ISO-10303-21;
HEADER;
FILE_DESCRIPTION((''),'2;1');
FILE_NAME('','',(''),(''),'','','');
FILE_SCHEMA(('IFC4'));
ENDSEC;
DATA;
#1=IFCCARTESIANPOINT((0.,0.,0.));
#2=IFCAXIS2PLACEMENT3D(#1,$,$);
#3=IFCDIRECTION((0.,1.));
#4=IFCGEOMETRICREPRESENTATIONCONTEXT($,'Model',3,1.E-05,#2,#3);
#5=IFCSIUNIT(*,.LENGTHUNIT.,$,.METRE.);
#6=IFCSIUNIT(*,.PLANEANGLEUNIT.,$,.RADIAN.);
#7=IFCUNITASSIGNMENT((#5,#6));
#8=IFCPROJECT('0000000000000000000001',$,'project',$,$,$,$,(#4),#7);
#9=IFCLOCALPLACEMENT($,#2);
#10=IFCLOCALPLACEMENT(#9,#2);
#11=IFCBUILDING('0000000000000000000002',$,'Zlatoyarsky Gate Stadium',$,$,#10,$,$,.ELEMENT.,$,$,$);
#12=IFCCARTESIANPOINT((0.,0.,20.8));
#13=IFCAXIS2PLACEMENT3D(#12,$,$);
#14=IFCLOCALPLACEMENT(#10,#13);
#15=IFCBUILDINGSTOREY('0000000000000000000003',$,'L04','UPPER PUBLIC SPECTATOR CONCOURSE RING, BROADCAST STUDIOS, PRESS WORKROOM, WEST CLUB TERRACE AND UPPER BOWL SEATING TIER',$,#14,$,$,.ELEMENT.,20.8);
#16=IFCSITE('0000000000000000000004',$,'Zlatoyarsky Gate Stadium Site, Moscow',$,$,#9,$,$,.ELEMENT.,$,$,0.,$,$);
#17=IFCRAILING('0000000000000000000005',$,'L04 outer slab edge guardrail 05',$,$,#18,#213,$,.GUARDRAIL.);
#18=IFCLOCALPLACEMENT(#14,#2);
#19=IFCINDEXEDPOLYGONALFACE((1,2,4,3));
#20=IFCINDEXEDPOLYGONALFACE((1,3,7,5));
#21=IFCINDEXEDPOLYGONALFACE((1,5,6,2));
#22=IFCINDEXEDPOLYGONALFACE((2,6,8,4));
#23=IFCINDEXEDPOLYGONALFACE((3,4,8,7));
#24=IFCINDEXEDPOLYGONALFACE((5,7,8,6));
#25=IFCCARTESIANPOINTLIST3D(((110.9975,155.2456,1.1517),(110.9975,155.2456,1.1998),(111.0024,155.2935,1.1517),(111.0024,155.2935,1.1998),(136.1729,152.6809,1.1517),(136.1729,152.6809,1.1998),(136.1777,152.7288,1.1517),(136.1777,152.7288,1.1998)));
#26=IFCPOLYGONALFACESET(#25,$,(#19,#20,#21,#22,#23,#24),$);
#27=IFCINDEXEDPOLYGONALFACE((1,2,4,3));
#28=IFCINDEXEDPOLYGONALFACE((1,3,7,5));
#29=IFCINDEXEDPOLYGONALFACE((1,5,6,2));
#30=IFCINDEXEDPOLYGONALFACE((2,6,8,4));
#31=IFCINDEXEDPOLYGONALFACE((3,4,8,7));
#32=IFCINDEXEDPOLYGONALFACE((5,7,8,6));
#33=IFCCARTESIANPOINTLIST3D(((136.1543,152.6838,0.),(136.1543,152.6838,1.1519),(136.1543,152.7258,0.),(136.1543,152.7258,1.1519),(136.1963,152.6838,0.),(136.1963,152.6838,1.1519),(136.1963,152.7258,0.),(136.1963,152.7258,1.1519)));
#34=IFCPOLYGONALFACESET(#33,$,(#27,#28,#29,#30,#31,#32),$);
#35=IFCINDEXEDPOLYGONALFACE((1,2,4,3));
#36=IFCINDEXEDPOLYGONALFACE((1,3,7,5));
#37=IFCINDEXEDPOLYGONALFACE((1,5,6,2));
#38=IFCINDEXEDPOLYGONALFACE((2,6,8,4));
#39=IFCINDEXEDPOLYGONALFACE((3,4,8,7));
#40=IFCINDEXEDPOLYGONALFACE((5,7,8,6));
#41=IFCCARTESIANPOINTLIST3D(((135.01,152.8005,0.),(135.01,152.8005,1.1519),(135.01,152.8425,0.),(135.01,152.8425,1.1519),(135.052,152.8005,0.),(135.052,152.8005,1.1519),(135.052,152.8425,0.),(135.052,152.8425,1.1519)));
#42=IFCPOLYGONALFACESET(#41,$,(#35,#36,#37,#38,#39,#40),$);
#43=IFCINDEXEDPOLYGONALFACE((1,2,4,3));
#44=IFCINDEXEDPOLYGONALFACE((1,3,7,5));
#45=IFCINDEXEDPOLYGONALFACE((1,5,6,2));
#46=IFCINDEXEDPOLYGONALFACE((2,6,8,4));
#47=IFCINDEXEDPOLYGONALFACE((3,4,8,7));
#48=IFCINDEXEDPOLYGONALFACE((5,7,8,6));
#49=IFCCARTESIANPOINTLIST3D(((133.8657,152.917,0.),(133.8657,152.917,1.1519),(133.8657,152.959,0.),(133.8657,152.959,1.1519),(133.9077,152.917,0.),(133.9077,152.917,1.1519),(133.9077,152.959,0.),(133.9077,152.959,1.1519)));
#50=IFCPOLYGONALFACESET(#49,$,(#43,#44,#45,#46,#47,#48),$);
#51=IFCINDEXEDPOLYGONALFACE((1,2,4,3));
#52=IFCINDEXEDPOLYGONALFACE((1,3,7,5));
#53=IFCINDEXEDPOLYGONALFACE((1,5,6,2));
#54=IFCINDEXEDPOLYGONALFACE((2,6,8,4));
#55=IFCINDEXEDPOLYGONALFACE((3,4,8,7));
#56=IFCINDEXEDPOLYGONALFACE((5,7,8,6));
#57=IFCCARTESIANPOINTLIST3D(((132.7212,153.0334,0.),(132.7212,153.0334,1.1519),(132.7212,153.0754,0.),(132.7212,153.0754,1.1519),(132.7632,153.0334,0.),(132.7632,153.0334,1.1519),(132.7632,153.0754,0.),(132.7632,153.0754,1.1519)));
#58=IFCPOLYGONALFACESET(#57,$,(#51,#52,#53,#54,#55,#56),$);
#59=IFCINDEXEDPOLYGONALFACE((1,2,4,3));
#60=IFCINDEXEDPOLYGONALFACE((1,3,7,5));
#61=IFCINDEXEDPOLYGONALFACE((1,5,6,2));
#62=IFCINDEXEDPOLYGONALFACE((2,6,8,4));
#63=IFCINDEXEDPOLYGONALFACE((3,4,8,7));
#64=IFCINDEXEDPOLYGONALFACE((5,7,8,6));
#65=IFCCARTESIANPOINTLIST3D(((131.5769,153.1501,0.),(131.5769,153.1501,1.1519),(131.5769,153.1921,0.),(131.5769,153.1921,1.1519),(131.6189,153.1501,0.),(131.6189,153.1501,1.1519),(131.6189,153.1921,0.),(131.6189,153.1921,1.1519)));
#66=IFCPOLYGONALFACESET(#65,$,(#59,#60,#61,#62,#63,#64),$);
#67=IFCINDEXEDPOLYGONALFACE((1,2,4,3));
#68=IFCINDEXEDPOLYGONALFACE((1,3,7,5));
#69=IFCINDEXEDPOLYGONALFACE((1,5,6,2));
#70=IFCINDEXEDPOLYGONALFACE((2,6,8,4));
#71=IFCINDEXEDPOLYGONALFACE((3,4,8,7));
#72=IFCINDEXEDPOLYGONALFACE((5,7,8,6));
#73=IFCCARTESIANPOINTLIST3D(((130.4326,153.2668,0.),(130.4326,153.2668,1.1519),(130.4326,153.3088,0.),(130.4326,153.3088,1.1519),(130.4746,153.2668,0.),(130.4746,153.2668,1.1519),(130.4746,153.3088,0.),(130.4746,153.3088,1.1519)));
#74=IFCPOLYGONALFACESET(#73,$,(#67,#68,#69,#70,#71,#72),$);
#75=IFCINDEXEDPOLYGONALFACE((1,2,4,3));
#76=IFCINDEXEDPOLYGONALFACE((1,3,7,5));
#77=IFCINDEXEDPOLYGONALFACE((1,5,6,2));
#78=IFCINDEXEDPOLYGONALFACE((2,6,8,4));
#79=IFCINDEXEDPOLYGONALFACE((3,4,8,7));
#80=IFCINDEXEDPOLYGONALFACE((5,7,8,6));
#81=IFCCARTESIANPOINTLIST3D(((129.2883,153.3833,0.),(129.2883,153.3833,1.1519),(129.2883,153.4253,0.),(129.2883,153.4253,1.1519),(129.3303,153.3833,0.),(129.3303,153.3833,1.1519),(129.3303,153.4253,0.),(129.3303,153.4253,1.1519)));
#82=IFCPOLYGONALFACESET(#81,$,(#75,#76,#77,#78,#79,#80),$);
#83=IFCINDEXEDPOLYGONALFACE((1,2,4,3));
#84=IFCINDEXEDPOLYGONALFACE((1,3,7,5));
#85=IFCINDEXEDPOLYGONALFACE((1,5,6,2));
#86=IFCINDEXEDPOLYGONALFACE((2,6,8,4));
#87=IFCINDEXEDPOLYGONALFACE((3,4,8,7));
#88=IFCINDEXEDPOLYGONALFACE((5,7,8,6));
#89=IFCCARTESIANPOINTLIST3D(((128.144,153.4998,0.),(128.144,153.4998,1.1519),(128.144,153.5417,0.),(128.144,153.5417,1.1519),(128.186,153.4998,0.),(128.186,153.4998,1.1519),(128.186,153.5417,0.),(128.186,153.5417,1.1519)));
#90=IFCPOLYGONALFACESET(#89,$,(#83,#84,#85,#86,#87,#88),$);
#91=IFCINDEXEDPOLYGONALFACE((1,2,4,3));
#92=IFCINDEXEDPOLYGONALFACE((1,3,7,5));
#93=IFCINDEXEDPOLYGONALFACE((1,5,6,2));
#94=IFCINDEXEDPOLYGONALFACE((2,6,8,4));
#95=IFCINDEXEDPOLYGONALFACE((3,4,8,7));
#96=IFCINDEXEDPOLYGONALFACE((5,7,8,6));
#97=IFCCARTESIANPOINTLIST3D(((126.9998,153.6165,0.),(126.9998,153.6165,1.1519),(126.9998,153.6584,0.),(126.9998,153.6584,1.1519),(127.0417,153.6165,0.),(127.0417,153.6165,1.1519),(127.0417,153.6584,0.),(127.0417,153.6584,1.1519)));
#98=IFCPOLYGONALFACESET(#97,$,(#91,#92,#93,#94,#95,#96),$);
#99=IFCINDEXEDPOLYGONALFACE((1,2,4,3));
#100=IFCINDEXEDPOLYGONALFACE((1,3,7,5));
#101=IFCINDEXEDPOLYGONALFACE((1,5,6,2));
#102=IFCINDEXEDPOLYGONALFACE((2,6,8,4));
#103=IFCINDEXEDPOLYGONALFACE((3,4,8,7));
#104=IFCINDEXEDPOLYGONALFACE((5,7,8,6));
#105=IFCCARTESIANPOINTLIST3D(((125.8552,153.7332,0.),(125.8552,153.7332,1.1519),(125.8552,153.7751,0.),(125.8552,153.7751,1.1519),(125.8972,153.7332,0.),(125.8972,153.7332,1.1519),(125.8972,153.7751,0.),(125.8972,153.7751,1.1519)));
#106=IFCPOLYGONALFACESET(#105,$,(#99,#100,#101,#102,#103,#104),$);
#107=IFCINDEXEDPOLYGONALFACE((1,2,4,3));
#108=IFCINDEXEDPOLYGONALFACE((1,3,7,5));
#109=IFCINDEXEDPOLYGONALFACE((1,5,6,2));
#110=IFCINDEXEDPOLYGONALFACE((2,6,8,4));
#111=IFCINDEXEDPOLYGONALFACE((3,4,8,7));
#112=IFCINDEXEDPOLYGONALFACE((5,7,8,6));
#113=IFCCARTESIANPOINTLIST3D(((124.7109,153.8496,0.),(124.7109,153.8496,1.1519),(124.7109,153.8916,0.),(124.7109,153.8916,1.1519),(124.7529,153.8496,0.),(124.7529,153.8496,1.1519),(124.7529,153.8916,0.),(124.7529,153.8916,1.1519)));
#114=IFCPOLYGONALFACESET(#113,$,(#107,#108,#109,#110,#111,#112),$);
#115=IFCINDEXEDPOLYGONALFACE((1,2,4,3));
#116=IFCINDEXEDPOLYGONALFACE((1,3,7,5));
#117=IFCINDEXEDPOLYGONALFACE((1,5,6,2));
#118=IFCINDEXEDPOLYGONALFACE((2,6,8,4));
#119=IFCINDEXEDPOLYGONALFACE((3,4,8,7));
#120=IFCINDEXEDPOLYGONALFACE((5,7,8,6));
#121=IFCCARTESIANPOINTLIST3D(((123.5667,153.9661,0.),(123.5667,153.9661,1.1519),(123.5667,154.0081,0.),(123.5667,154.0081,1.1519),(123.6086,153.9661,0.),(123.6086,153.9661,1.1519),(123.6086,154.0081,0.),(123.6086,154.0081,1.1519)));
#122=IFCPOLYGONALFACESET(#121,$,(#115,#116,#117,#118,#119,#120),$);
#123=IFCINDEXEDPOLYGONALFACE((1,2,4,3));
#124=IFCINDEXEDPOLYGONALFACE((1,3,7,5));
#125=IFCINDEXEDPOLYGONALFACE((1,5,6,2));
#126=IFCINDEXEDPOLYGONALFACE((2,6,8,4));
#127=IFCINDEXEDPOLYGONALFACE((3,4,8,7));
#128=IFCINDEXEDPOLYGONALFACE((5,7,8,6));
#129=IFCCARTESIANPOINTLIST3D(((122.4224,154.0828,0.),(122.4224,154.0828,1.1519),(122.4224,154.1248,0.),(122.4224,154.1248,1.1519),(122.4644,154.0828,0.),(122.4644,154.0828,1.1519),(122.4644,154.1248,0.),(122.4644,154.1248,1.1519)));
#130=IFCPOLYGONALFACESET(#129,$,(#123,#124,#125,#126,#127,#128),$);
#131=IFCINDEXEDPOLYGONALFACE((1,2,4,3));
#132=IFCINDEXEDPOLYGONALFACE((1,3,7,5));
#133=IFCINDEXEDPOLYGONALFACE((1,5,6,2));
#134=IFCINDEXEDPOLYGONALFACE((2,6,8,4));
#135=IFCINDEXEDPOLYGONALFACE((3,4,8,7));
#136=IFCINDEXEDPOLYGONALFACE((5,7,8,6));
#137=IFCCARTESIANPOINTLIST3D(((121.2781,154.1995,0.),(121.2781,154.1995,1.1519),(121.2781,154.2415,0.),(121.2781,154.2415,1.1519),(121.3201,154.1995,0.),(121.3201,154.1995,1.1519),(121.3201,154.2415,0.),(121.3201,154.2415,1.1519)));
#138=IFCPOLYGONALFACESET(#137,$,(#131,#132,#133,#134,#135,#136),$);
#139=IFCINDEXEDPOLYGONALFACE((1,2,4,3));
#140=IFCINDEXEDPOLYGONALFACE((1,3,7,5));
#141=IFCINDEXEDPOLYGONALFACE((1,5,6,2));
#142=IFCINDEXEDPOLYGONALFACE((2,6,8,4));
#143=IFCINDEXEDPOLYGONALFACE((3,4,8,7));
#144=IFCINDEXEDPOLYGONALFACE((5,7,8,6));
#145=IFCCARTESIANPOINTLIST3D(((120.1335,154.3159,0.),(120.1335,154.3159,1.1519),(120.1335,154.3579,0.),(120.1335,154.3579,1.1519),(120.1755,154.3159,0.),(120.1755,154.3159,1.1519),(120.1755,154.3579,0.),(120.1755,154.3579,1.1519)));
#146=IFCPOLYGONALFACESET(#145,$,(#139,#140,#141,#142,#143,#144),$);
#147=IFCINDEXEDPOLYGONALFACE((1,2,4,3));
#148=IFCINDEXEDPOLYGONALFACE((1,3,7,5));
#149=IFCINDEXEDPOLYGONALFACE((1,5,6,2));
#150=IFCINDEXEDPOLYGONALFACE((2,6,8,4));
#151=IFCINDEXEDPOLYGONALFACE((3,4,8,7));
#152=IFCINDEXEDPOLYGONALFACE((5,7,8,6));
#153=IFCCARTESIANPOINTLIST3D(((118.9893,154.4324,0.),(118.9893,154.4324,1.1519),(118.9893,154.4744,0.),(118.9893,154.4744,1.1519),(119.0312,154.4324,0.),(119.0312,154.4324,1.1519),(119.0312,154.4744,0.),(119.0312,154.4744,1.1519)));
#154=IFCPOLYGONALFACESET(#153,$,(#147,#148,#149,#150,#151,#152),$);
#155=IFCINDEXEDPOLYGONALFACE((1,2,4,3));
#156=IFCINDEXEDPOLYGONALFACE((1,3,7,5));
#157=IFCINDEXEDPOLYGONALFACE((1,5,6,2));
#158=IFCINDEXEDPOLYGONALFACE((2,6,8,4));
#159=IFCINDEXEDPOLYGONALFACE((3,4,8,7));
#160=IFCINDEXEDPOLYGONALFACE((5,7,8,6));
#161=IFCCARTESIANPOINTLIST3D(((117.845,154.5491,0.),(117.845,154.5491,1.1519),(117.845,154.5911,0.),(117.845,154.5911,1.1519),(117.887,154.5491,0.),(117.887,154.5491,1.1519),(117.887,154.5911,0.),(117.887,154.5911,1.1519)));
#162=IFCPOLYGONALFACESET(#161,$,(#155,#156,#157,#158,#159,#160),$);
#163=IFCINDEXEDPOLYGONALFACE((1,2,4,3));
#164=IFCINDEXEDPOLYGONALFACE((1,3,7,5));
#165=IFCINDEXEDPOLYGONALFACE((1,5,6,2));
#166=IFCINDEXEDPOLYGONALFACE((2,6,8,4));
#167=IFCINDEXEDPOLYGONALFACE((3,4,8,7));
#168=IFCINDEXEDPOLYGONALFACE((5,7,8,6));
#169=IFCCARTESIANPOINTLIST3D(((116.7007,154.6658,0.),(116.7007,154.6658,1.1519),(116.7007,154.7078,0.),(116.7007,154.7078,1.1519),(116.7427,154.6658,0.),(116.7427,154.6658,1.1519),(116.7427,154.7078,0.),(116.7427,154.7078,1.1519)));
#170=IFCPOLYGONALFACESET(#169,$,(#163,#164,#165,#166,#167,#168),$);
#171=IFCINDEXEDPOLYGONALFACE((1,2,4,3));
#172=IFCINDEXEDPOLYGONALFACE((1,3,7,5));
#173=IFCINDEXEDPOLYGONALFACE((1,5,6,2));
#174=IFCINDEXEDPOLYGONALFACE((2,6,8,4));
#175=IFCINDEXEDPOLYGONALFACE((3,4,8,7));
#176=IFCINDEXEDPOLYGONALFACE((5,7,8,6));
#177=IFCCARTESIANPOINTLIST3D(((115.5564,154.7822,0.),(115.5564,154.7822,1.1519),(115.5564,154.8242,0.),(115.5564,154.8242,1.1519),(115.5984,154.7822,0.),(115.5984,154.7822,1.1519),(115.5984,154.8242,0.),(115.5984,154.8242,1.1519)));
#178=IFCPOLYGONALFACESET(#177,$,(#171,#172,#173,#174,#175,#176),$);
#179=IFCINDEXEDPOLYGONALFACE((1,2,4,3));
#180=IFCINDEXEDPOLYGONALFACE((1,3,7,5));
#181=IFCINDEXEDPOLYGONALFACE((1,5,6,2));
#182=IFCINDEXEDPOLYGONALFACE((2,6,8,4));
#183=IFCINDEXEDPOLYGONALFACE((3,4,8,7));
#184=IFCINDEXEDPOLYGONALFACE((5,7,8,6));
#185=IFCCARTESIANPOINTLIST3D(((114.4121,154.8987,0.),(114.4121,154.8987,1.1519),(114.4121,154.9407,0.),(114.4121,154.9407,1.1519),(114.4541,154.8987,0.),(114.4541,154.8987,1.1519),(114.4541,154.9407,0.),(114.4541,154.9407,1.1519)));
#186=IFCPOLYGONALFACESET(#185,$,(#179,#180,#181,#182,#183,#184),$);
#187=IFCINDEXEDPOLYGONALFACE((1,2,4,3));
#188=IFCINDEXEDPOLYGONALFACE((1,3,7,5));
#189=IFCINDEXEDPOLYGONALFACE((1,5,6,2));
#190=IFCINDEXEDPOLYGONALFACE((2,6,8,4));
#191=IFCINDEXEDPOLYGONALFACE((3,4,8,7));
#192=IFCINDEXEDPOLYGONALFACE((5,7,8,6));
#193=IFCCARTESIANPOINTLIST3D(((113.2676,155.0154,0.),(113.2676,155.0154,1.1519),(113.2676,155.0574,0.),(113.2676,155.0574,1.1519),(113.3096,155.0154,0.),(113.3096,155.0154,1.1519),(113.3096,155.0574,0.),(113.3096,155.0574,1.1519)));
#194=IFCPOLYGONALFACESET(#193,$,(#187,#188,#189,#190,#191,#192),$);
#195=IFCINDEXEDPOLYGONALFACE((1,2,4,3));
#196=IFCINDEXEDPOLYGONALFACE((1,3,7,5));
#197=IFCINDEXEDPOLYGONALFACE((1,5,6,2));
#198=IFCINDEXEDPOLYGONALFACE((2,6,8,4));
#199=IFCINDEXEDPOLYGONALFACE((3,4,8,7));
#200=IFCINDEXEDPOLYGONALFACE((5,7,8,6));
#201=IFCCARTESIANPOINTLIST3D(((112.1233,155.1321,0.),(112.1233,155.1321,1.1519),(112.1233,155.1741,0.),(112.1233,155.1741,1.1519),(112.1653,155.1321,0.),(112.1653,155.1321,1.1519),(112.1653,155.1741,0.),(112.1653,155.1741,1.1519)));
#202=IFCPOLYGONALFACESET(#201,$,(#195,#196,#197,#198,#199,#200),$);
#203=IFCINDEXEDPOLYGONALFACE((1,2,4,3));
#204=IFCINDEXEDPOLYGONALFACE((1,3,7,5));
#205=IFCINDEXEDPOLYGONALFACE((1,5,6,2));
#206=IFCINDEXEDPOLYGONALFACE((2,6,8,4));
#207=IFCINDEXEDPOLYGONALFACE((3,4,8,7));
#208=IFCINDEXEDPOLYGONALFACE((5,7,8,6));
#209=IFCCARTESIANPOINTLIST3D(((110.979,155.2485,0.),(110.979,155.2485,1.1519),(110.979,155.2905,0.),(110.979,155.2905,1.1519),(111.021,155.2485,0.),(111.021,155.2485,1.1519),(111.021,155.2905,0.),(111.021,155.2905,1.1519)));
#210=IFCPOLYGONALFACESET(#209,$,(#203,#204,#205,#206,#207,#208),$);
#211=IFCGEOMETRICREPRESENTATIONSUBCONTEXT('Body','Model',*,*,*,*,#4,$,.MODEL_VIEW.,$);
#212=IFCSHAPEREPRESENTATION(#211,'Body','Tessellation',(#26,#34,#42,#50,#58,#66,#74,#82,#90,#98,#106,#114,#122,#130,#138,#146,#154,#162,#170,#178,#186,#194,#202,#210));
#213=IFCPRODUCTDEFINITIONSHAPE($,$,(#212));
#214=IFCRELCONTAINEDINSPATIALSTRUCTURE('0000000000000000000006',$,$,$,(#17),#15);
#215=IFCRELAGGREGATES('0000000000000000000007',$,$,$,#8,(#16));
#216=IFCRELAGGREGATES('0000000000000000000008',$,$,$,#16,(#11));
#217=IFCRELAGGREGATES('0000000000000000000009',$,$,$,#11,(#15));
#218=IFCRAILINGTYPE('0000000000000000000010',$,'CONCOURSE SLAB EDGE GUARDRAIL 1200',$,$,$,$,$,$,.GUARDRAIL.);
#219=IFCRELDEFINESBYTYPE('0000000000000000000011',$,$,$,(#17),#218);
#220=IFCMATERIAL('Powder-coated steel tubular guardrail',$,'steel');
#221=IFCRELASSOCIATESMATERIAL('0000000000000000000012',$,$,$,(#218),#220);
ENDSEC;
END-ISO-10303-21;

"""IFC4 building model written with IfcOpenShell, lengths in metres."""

from ifc_helpers import new_model, si_unit, direction, frame, origin, origin_2d, place, context, subcontext, project, spatial, rectangle, extrude, material, type_object, element, save


model = new_model("IFC4")

# Units and contexts
model_context = context("Model", 3, precision=1e-05, world=origin(), true_north=direction((0.0, 1.0)))
body_context = subcontext(model_context, "Body", "Model", "MODEL_VIEW")
ifc_project = project(units=[si_unit("LENGTHUNIT", "METRE"), si_unit("PLANEANGLEUNIT", "RADIAN")], contexts=[model_context])

# Site, building, storey
site_placement = place(None, origin())
site = spatial("IfcSite", under=ifc_project, at=site_placement, Name="Zlatoyarsky Gate Stadium Site, Moscow", CompositionType="ELEMENT", RefElevation=0.0)
building_placement = place(site_placement, origin())
building = spatial("IfcBuilding", under=site, at=building_placement, Name="Zlatoyarsky Gate Stadium", CompositionType="ELEMENT")
storey_placement = place(building_placement, frame((0.0, 0.0, 20.8)))
storey = spatial("IfcBuildingStorey", under=building, at=storey_placement, Name="L04", Description="UPPER PUBLIC SPECTATOR CONCOURSE RING, BROADCAST STUDIOS, PRESS WORKROOM, WEST CLUB TERRACE AND UPPER BOWL SEATING TIER", CompositionType="ELEMENT", Elevation=20.8)

# Railing
ifc_material_1 = material(Name="Powder-coated steel tubular guardrail", Category="steel")
railing_type = type_object("IfcRailingType", Name="CONCOURSE SLAB EDGE GUARDRAIL 1200", PredefinedType="GUARDRAIL", material=ifc_material_1)
railing_placement = place(storey_placement, frame((136.1753, 152.7048, 0.0)))
element("IfcRailing", 1, at=railing_placement, inside=storey, type_object=railing_type, Name="L04 outer slab edge guardrail 05", PredefinedType="GUARDRAIL", context=body_context, shape_type="SweptSolid", body=[
    extrude(rectangle(XDim=0.0481, YDim=0.0481, at=origin_2d()), frame((0.0, 0.0, 1.1758), z_axis=(-0.994851, 0.101349, 0.0), x_axis=(-0.101349, -0.994851, 0.0)), (0.0, 0.0, 1.0), 25.3057),
    extrude(rectangle(XDim=0.042, YDim=0.042, at=origin_2d()), origin(), (0.0, 0.0, 1.0), 1.1519),
    extrude(rectangle(XDim=0.042, YDim=0.042, at=origin_2d()), frame((-1.1443, 0.1167, 0.0)), (0.0, 0.0, 1.0), 1.1519),
    extrude(rectangle(XDim=0.042, YDim=0.042, at=origin_2d()), frame((-2.2886, 0.2332, 0.0)), (0.0, 0.0, 1.0), 1.1519),
    extrude(rectangle(XDim=0.042, YDim=0.042, at=origin_2d()), frame((-3.4331, 0.3496, 0.0)), (0.0, 0.0, 1.0), 1.1519),
    extrude(rectangle(XDim=0.042, YDim=0.042, at=origin_2d()), frame((-4.5774, 0.4663, 0.0)), (0.0, 0.0, 1.0), 1.1519),
    extrude(rectangle(XDim=0.042, YDim=0.042, at=origin_2d()), frame((-5.7217, 0.583, 0.0)), (0.0, 0.0, 1.0), 1.1519),
    extrude(rectangle(XDim=0.042, YDim=0.042, at=origin_2d()), frame((-6.866, 0.6995, 0.0)), (0.0, 0.0, 1.0), 1.1519),
    extrude(rectangle(XDim=0.042, YDim=0.042, at=origin_2d()), frame((-8.0103, 0.8159, 0.0)), (0.0, 0.0, 1.0), 1.1519),
    extrude(rectangle(XDim=0.042, YDim=0.042, at=origin_2d()), frame((-9.1545, 0.9326, 0.0)), (0.0, 0.0, 1.0), 1.1519),
    extrude(rectangle(XDim=0.042, YDim=0.042, at=origin_2d()), frame((-10.2991, 1.0493, 0.0)), (0.0, 0.0, 1.0), 1.1519),
    extrude(rectangle(XDim=0.042, YDim=0.042, at=origin_2d()), frame((-11.4434, 1.1658, 0.0)), (0.0, 0.0, 1.0), 1.1519),
    extrude(rectangle(XDim=0.042, YDim=0.042, at=origin_2d()), frame((-12.5876, 1.2822, 0.0)), (0.0, 0.0, 1.0), 1.1519),
    extrude(rectangle(XDim=0.042, YDim=0.042, at=origin_2d()), frame((-13.7319, 1.3989, 0.0)), (0.0, 0.0, 1.0), 1.1519),
    extrude(rectangle(XDim=0.042, YDim=0.042, at=origin_2d()), frame((-14.8762, 1.5156, 0.0)), (0.0, 0.0, 1.0), 1.1519),
    extrude(rectangle(XDim=0.042, YDim=0.042, at=origin_2d()), frame((-16.0208, 1.6321, 0.0)), (0.0, 0.0, 1.0), 1.1519),
    extrude(rectangle(XDim=0.042, YDim=0.042, at=origin_2d()), frame((-17.165, 1.7485, 0.0)), (0.0, 0.0, 1.0), 1.1519),
    extrude(rectangle(XDim=0.042, YDim=0.042, at=origin_2d()), frame((-18.3093, 1.8652, 0.0)), (0.0, 0.0, 1.0), 1.1519),
    extrude(rectangle(XDim=0.042, YDim=0.042, at=origin_2d()), frame((-19.4536, 1.9819, 0.0)), (0.0, 0.0, 1.0), 1.1519),
    extrude(rectangle(XDim=0.042, YDim=0.042, at=origin_2d()), frame((-20.5979, 2.0984, 0.0)), (0.0, 0.0, 1.0), 1.1519),
    extrude(rectangle(XDim=0.042, YDim=0.042, at=origin_2d()), frame((-21.7422, 2.2148, 0.0)), (0.0, 0.0, 1.0), 1.1519),
    extrude(rectangle(XDim=0.042, YDim=0.042, at=origin_2d()), frame((-22.8867, 2.3315, 0.0)), (0.0, 0.0, 1.0), 1.1519),
    extrude(rectangle(XDim=0.042, YDim=0.042, at=origin_2d()), frame((-24.031, 2.4482, 0.0)), (0.0, 0.0, 1.0), 1.1519),
    extrude(rectangle(XDim=0.042, YDim=0.042, at=origin_2d()), frame((-25.1753, 2.5647, 0.0)), (0.0, 0.0, 1.0), 1.1519),
])

save(model, "model.ifc")
